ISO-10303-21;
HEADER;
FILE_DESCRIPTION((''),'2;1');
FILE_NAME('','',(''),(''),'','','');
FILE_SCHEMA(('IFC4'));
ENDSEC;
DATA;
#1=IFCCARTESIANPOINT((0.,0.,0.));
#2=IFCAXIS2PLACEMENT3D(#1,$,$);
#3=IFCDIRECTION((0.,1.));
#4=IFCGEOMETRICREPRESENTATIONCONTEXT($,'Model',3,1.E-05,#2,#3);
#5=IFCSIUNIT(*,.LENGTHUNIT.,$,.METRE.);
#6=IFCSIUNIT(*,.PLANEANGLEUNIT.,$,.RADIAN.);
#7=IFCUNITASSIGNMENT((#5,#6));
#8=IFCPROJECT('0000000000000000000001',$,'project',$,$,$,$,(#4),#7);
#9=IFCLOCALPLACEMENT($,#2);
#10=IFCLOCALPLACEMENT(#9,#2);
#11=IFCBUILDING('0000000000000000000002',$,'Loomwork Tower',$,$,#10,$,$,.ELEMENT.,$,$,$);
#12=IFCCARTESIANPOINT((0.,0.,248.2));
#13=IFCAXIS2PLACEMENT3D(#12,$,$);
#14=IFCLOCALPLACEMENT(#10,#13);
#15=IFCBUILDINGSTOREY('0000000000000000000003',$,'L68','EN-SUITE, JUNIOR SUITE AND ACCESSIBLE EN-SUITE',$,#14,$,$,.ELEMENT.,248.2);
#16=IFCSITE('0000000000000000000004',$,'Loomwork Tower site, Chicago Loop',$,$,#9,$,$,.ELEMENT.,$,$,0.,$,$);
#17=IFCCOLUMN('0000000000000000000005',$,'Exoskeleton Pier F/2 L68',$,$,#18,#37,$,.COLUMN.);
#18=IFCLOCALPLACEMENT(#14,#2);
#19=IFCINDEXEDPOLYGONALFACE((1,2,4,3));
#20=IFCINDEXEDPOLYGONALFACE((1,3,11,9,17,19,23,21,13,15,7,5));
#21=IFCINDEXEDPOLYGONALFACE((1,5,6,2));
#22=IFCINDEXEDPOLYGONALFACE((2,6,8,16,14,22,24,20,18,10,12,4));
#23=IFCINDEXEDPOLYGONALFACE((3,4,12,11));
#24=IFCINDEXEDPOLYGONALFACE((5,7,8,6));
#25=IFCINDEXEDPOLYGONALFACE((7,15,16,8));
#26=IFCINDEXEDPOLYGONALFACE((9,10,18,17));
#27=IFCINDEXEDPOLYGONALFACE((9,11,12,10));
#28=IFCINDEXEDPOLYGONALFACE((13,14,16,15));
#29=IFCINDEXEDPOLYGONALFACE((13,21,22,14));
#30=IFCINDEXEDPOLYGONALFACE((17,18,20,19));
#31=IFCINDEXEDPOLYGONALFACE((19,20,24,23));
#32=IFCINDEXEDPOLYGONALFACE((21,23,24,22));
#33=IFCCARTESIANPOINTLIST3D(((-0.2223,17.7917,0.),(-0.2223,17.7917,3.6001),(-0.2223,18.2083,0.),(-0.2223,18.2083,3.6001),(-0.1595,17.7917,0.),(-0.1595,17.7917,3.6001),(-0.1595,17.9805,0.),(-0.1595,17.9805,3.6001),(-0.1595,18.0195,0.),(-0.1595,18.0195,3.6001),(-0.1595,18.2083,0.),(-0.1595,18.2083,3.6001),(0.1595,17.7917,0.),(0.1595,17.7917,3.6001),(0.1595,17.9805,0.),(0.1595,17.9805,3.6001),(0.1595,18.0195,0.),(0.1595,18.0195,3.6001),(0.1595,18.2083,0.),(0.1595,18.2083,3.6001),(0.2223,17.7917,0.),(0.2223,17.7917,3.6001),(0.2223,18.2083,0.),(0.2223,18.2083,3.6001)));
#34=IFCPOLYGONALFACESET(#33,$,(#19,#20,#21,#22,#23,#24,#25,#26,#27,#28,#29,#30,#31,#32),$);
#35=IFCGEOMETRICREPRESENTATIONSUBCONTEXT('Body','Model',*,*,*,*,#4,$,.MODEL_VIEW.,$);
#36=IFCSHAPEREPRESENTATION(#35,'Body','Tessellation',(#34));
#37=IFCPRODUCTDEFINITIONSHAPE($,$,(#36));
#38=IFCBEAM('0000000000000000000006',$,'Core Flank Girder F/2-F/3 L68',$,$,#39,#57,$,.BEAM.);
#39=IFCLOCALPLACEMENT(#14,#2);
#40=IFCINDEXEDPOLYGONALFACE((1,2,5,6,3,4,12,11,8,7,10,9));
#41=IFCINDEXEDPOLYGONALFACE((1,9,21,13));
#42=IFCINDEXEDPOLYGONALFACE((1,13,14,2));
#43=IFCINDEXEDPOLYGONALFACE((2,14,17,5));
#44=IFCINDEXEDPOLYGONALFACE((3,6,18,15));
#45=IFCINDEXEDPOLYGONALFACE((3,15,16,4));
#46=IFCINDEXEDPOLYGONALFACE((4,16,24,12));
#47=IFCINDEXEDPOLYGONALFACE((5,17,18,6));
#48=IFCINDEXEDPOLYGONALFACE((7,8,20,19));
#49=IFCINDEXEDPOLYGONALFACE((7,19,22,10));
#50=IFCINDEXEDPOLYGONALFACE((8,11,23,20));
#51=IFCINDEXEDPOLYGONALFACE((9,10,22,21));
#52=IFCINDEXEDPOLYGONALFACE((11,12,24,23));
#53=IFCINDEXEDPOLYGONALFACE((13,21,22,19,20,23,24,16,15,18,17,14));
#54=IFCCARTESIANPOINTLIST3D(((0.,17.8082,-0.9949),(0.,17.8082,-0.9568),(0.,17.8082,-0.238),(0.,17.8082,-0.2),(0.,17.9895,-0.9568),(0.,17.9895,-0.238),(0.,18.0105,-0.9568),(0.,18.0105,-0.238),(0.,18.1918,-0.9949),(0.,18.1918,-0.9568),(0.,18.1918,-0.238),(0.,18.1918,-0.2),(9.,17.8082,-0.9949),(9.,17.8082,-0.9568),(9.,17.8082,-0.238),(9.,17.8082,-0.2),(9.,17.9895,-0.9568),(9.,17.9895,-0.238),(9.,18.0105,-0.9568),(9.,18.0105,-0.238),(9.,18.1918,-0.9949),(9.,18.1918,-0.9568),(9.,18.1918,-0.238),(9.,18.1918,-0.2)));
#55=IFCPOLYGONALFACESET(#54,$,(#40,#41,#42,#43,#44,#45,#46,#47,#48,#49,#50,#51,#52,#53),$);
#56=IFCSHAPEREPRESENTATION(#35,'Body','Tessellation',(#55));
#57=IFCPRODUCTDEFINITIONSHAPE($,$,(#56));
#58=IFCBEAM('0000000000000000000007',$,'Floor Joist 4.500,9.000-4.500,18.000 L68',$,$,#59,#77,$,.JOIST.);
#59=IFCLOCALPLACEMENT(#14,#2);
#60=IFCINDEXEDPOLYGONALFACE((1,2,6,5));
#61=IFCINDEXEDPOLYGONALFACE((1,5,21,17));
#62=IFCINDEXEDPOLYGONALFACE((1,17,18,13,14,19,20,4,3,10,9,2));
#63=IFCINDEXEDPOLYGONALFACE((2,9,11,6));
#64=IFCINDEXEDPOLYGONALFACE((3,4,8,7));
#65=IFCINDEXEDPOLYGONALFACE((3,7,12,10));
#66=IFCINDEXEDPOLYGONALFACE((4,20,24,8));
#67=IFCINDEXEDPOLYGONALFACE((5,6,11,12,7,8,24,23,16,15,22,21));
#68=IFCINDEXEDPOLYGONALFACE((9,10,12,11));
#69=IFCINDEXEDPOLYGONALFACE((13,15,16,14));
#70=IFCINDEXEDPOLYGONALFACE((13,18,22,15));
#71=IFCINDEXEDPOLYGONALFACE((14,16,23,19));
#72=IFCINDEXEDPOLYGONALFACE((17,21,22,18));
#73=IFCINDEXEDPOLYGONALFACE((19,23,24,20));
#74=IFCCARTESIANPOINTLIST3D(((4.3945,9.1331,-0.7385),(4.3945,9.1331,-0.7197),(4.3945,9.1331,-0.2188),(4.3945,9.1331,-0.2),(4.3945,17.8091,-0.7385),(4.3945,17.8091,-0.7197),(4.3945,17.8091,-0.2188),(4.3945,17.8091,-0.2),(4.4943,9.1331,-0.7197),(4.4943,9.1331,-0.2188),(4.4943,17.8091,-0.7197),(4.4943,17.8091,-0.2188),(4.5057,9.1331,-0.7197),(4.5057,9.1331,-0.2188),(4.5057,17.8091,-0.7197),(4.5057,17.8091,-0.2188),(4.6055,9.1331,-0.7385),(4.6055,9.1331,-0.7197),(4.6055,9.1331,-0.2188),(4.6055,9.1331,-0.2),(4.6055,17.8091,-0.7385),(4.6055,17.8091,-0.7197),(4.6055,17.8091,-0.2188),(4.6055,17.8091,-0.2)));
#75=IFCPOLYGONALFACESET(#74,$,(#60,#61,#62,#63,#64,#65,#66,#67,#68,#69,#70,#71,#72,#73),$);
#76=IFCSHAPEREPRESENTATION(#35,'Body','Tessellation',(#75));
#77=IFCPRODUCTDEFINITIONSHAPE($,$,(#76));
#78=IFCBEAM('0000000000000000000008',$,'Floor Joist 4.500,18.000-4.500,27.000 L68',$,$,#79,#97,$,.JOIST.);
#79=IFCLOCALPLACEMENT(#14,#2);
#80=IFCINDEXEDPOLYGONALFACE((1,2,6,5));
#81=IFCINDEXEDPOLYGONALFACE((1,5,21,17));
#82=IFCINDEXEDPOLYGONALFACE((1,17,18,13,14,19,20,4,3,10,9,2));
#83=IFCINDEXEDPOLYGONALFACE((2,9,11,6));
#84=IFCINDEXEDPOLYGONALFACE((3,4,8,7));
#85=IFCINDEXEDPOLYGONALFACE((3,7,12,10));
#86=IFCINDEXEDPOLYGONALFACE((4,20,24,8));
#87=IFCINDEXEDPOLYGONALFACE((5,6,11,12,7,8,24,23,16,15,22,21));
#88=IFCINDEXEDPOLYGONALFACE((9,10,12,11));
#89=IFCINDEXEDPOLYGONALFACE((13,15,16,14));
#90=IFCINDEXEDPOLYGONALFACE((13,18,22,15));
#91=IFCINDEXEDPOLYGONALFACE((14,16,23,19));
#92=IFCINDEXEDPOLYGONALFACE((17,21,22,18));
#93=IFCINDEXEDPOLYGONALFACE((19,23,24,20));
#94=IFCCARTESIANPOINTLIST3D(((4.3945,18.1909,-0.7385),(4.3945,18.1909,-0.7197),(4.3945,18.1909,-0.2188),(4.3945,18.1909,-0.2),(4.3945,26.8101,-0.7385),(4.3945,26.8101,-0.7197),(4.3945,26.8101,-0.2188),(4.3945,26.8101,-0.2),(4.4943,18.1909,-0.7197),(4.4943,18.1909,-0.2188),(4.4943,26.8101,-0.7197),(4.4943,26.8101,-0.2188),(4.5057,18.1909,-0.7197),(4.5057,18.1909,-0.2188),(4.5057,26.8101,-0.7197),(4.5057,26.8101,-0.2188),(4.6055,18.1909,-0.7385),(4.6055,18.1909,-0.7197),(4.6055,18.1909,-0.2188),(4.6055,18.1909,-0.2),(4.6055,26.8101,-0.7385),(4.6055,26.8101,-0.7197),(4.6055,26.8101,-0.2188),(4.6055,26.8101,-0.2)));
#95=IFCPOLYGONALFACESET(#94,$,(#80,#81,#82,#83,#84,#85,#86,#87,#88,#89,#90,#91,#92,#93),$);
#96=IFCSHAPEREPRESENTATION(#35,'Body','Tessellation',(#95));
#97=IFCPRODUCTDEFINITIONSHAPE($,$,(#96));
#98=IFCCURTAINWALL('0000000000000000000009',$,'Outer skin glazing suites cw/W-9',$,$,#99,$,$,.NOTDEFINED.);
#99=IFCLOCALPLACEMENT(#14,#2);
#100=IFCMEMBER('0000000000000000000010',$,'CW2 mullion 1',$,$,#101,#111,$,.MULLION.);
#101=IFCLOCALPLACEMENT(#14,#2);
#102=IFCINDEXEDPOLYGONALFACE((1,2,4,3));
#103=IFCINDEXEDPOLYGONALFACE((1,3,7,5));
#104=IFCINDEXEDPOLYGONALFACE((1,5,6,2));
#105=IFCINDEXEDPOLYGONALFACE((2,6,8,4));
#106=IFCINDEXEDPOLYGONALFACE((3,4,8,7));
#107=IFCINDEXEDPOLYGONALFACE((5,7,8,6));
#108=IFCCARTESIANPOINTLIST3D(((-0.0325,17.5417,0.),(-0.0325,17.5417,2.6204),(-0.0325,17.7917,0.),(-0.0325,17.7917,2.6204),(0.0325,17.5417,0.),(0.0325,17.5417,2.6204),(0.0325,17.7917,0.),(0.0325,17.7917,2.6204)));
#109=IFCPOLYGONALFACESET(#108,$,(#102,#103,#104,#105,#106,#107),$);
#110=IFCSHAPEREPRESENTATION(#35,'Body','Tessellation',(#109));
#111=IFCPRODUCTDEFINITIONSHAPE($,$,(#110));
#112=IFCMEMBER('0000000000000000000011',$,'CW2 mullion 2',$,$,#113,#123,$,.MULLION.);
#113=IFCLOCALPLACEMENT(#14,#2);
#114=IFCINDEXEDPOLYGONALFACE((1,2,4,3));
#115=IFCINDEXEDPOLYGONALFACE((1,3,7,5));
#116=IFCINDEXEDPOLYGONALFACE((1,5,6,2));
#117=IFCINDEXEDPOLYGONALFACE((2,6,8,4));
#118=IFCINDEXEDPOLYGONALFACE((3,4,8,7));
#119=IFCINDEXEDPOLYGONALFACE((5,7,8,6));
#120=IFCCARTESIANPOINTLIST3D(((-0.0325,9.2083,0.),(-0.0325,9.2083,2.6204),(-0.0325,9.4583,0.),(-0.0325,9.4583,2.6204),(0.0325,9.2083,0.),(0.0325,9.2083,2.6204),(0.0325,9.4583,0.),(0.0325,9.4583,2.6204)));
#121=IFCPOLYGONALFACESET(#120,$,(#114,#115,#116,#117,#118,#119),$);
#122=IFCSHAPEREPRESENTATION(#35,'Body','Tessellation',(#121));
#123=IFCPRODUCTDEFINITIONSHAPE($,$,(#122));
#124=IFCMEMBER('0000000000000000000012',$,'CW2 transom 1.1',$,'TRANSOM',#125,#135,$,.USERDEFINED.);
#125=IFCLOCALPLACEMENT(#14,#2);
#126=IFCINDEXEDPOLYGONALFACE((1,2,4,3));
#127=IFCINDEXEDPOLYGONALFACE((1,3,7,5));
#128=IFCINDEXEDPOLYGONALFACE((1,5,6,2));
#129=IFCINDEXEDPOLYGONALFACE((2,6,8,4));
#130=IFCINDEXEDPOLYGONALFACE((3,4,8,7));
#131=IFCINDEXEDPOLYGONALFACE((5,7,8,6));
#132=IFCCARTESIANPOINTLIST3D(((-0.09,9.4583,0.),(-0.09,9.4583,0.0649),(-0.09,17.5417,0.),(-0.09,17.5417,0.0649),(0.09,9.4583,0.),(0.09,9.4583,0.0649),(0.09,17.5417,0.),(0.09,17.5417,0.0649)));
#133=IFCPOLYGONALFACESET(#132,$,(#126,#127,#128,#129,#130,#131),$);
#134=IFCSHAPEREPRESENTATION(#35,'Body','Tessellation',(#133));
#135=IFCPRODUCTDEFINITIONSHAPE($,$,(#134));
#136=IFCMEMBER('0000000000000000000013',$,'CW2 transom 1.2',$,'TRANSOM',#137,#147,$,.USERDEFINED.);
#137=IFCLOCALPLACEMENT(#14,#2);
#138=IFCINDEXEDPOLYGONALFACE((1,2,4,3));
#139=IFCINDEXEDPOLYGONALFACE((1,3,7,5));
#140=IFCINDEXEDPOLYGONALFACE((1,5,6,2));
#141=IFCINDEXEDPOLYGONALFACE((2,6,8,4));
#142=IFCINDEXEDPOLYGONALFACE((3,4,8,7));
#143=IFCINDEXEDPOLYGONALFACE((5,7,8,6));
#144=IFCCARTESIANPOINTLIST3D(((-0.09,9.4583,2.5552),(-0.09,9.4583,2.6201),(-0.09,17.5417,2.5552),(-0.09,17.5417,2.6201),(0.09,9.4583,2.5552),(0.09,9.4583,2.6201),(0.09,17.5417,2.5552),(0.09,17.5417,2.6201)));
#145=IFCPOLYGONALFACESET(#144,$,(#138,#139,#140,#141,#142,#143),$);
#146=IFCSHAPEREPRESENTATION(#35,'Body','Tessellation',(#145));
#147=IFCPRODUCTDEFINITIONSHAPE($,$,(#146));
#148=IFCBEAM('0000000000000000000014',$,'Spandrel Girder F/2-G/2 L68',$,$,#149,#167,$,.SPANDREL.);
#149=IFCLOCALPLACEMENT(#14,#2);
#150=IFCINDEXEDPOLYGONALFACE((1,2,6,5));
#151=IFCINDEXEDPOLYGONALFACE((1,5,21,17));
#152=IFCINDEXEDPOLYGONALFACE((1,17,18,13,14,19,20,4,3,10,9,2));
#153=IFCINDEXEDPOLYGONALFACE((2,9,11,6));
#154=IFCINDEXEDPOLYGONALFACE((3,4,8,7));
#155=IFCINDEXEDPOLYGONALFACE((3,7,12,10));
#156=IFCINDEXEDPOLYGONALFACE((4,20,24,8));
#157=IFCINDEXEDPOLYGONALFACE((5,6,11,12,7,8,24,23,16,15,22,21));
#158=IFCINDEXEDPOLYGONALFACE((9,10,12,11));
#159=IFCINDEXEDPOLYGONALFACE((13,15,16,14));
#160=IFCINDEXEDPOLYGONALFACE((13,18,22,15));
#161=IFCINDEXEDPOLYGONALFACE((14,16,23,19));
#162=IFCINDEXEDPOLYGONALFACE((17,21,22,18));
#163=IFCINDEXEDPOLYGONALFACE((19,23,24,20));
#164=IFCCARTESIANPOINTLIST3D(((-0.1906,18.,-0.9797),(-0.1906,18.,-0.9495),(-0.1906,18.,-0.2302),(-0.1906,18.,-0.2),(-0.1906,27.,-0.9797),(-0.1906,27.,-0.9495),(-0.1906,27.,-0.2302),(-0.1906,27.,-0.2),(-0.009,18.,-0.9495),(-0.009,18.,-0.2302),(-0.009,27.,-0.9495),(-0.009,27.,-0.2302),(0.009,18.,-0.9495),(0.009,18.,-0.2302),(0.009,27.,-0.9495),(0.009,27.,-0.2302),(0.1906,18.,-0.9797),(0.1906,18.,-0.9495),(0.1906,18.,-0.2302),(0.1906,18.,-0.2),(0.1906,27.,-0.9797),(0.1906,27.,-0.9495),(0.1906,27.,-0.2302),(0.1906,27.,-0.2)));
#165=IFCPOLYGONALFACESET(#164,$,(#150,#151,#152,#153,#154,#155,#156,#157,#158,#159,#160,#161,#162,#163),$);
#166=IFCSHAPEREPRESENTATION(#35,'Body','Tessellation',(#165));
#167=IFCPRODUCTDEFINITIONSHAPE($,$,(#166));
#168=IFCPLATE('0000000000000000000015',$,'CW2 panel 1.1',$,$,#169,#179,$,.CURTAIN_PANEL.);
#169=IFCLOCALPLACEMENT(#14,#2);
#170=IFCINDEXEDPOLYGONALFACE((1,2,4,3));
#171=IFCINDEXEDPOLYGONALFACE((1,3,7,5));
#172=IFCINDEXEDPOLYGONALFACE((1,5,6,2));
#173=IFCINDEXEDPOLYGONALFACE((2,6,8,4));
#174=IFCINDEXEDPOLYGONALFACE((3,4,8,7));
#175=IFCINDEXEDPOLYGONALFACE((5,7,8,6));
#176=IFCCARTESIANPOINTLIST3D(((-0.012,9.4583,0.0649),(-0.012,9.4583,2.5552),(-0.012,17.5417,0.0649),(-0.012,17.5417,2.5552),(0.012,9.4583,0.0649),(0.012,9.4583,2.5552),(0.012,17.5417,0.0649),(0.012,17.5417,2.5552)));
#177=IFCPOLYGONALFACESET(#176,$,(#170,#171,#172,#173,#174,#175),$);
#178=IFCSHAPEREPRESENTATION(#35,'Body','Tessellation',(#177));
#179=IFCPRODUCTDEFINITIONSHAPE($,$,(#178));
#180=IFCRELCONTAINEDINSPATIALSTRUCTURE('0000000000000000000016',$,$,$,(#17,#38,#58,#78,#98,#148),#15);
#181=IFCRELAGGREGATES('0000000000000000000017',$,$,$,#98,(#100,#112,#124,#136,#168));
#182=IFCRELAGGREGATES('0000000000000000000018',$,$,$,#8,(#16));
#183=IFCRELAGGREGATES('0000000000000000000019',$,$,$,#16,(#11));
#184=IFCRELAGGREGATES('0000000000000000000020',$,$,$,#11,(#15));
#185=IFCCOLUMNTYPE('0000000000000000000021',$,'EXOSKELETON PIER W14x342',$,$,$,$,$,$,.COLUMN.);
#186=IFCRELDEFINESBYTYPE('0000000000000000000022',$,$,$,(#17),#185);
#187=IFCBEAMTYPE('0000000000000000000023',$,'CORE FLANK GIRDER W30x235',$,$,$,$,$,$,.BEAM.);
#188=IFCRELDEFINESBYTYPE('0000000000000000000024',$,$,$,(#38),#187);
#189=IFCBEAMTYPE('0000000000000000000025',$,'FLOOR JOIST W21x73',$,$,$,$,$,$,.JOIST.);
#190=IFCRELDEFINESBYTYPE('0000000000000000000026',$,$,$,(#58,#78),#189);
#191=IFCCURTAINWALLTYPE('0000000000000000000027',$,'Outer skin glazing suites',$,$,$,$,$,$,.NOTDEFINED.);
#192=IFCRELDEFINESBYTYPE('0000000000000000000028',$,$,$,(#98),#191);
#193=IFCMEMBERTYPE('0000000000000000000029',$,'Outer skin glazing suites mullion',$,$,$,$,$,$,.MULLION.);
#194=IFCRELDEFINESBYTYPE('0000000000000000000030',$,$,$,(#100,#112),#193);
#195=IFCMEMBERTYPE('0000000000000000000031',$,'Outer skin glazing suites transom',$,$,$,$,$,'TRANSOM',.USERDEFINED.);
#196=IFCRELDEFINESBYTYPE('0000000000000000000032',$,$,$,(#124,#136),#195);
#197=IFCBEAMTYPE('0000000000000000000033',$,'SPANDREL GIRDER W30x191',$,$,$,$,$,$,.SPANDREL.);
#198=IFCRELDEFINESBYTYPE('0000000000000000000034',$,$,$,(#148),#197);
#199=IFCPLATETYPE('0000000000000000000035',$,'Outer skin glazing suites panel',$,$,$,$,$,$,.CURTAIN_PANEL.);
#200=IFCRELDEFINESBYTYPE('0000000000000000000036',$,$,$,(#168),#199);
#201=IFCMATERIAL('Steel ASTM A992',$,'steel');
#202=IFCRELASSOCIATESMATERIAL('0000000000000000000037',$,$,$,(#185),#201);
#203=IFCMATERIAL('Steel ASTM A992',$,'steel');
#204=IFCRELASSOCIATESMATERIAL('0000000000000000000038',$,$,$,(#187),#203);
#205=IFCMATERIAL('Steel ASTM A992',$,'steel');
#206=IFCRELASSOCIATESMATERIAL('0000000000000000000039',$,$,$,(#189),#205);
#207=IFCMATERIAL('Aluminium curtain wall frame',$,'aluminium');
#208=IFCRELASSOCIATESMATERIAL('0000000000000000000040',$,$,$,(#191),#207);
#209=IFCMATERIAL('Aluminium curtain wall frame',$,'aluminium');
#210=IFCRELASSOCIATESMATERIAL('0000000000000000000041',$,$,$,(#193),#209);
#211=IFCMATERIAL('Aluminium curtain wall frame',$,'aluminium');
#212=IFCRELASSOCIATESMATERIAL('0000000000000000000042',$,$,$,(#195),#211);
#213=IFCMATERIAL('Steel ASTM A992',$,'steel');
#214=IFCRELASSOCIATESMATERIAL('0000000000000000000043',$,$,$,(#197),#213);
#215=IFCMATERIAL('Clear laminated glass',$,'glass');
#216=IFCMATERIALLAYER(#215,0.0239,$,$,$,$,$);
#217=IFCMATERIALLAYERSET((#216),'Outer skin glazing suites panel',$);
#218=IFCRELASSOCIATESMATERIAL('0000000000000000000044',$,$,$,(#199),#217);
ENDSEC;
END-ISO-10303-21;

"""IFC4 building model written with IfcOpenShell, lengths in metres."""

from ifc_helpers import new_model, si_unit, direction, frame, origin, origin_2d, place, context, subcontext, project, spatial, rectangle, i_section, extrude, material, layer, layer_set, material_profile, profile_set, type_object, element, aggregate, save


model = new_model("IFC4")

# Units and contexts
model_context = context("Model", 3, precision=1e-05, world=origin(), true_north=direction((0.0, 1.0)))
body_context = subcontext(model_context, "Body", "Model", "MODEL_VIEW")
ifc_project = project(units=[si_unit("LENGTHUNIT", "METRE"), si_unit("PLANEANGLEUNIT", "RADIAN")], contexts=[model_context])

# Site, building, storey
site_placement = place(None, origin())
site = spatial("IfcSite", under=ifc_project, at=site_placement, Name="Loomwork Tower site, Chicago Loop", CompositionType="ELEMENT", RefElevation=0.0)
building_placement = place(site_placement, origin())
building = spatial("IfcBuilding", under=site, at=building_placement, Name="Loomwork Tower", CompositionType="ELEMENT")
storey_placement = place(building_placement, frame((0.0, 0.0, 248.2)))
storey = spatial("IfcBuildingStorey", under=building, at=storey_placement, Name="L68", Description="EN-SUITE, JUNIOR SUITE AND ACCESSIBLE EN-SUITE", CompositionType="ELEMENT", Elevation=248.2)

# Column
ifc_material_1 = material(Name="Steel ASTM A992", Category="steel")
ifc_material_profile_1 = material_profile(ifc_material_1, i_section(OverallWidth=0.4165, OverallDepth=0.4446, WebThickness=0.0391, FlangeThickness=0.0627, at=origin_2d()), Name="W14x342")
ifc_profile_set_1 = profile_set([ifc_material_profile_1], Name="Steel ASTM A992")
column_type = type_object("IfcColumnType", Name="EXOSKELETON PIER W14x342", PredefinedType="COLUMN", material=ifc_profile_set_1)
column_placement = place(storey_placement, frame((0.0, 18.0, 0.0), z_axis=(0.0, 0.0, 1.0), x_axis=(0.0, 1.0, 0.0)))
element("IfcColumn", 1, at=column_placement, inside=storey, type_object=column_type, Name="Exoskeleton Pier F/2 L68", PredefinedType="COLUMN", context=body_context, shape_type="SweptSolid", body=[
    extrude(i_section(OverallWidth=0.4165, OverallDepth=0.4446, WebThickness=0.0391, FlangeThickness=0.0627, at=origin_2d()), origin(), (0.0, 0.0, 1.0), 3.6001),
])

# Beams
ifc_material_2 = material(Name="Steel ASTM A992", Category="steel")
ifc_material_profile_2 = material_profile(ifc_material_2, i_section(OverallWidth=0.3835, OverallDepth=0.7949, WebThickness=0.021, FlangeThickness=0.0381, at=origin_2d()), Name="W30x235")
ifc_profile_set_2 = profile_set([ifc_material_profile_2], Name="Steel ASTM A992")
beam_type_1 = type_object("IfcBeamType", Name="CORE FLANK GIRDER W30x235", PredefinedType="BEAM", material=ifc_profile_set_2)
beam_1_placement = place(storey_placement, frame((0.0, 18.0, -0.5974), z_axis=(1.0, 0.0, 0.0), x_axis=(0.0, 1.0, 0.0)))
element("IfcBeam", 2, at=beam_1_placement, inside=storey, type_object=beam_type_1, Name="Core Flank Girder F/2-F/3 L68", PredefinedType="BEAM", context=body_context, shape_type="SweptSolid", body=[
    extrude(i_section(OverallWidth=0.3835, OverallDepth=0.7949, WebThickness=0.021, FlangeThickness=0.0381, at=origin_2d()), origin(), (0.0, 0.0, 1.0), 9.0),
])
ifc_material_3 = material(Name="Steel ASTM A992", Category="steel")
ifc_material_profile_3 = material_profile(ifc_material_3, i_section(OverallWidth=0.2109, OverallDepth=0.5386, WebThickness=0.0115, FlangeThickness=0.0188, at=origin_2d()), Name="W21x73")
ifc_profile_set_3 = profile_set([ifc_material_profile_3], Name="Steel ASTM A992")
beam_type_2 = type_object("IfcBeamType", Name="FLOOR JOIST W21x73", PredefinedType="JOIST", material=ifc_profile_set_3)
beam_2_placement = place(storey_placement, frame((4.5, 9.1331, -0.4692), z_axis=(0.0, 1.0, 0.0), x_axis=(-1.0, 0.0, 0.0)))
element("IfcBeam", 3, at=beam_2_placement, inside=storey, type_object=beam_type_2, Name="Floor Joist 4.500,9.000-4.500,18.000 L68", PredefinedType="JOIST", context=body_context, shape_type="SweptSolid", body=[
    extrude(i_section(OverallWidth=0.2109, OverallDepth=0.5386, WebThickness=0.0115, FlangeThickness=0.0188, at=origin_2d()), origin(), (0.0, 0.0, 1.0), 8.676),
])
beam_3_placement = place(storey_placement, frame((4.5, 18.1909, -0.4692), z_axis=(0.0, 1.0, 0.0), x_axis=(-1.0, 0.0, 0.0)))
element("IfcBeam", 4, at=beam_3_placement, inside=storey, type_object=beam_type_2, Name="Floor Joist 4.500,18.000-4.500,27.000 L68", PredefinedType="JOIST", context=body_context, shape_type="SweptSolid", body=[
    extrude(i_section(OverallWidth=0.2109, OverallDepth=0.5386, WebThickness=0.0115, FlangeThickness=0.0188, at=origin_2d()), origin(), (0.0, 0.0, 1.0), 8.6191),
])

# Curtain wall, members
ifc_material_4 = material(Name="Aluminium curtain wall frame", Category="aluminium")
curtain_wall_type = type_object("IfcCurtainWallType", Name="Outer skin glazing suites", PredefinedType="NOTDEFINED", material=ifc_material_4)
curtain_wall_placement = place(storey_placement, origin())
curtain_wall = element("IfcCurtainWall", 5, at=curtain_wall_placement, inside=storey, type_object=curtain_wall_type, Name="Outer skin glazing suites cw/W-9", PredefinedType="NOTDEFINED")
ifc_material_5 = material(Name="Aluminium curtain wall frame", Category="aluminium")
ifc_material_profile_4 = material_profile(ifc_material_5, rectangle(XDim=0.0649, YDim=0.25, at=origin_2d()), Name="AL 65x250")
ifc_profile_set_4 = profile_set([ifc_material_profile_4], Name="Aluminium curtain wall frame")
member_type_1 = type_object("IfcMemberType", Name="Outer skin glazing suites mullion", PredefinedType="MULLION", material=ifc_profile_set_4)
member_1_placement = place(storey_placement, frame((0.0, 17.6667, 0.0), z_axis=(0.0, 0.0, 1.0), x_axis=(1.0, 0.0, 0.0)))
member_1 = element("IfcMember", 6, at=member_1_placement, type_object=member_type_1, Name="CW2 mullion 1", PredefinedType="MULLION", context=body_context, shape_type="SweptSolid", body=[
    extrude(rectangle(XDim=0.0649, YDim=0.25, at=origin_2d()), origin(), (0.0, 0.0, 1.0), 2.6204),
])
member_2_placement = place(storey_placement, frame((0.0, 9.3333, 0.0), z_axis=(0.0, 0.0, 1.0), x_axis=(1.0, 0.0, 0.0)))
member_2 = element("IfcMember", 7, at=member_2_placement, type_object=member_type_1, Name="CW2 mullion 2", PredefinedType="MULLION", context=body_context, shape_type="SweptSolid", body=[
    extrude(rectangle(XDim=0.0649, YDim=0.25, at=origin_2d()), origin(), (0.0, 0.0, 1.0), 2.6204),
])
ifc_material_6 = material(Name="Aluminium curtain wall frame", Category="aluminium")
ifc_material_profile_5 = material_profile(ifc_material_6, rectangle(XDim=0.1799, YDim=0.0649, at=origin_2d()), Name="AL 65x180")
ifc_profile_set_5 = profile_set([ifc_material_profile_5], Name="Aluminium curtain wall frame")
member_type_2 = type_object("IfcMemberType", Name="Outer skin glazing suites transom", ElementType="TRANSOM", PredefinedType="USERDEFINED", material=ifc_profile_set_5)
member_3_placement = place(storey_placement, frame((0.0, 17.5417, 0.0325), z_axis=(0.0, -1.0, 0.0), x_axis=(1.0, 0.0, 0.0)))
member_3 = element("IfcMember", 8, at=member_3_placement, type_object=member_type_2, Name="CW2 transom 1.1", ObjectType="TRANSOM", PredefinedType="USERDEFINED", context=body_context, shape_type="SweptSolid", body=[
    extrude(rectangle(XDim=0.1799, YDim=0.0649, at=origin_2d()), origin(), (0.0, 0.0, 1.0), 8.0835),
])
member_4_placement = place(storey_placement, frame((0.0, 17.5417, 2.5876), z_axis=(0.0, -1.0, 0.0), x_axis=(1.0, 0.0, 0.0)))
member_4 = element("IfcMember", 9, at=member_4_placement, type_object=member_type_2, Name="CW2 transom 1.2", ObjectType="TRANSOM", PredefinedType="USERDEFINED", context=body_context, shape_type="SweptSolid", body=[
    extrude(rectangle(XDim=0.1799, YDim=0.0649, at=origin_2d()), origin(), (0.0, 0.0, 1.0), 8.0835),
])

# Beam
ifc_material_7 = material(Name="Steel ASTM A992", Category="steel")
ifc_material_profile_6 = material_profile(ifc_material_7, i_section(OverallWidth=0.3811, OverallDepth=0.7798, WebThickness=0.0181, FlangeThickness=0.0303, at=origin_2d()), Name="W30x191")
ifc_profile_set_6 = profile_set([ifc_material_profile_6], Name="Steel ASTM A992")
beam_type_3 = type_object("IfcBeamType", Name="SPANDREL GIRDER W30x191", PredefinedType="SPANDREL", material=ifc_profile_set_6)
beam_4_placement = place(storey_placement, frame((0.0, 18.0, -0.5898), z_axis=(0.0, 1.0, 0.0), x_axis=(-1.0, 0.0, 0.0)))
element("IfcBeam", 10, at=beam_4_placement, inside=storey, type_object=beam_type_3, Name="Spandrel Girder F/2-G/2 L68", PredefinedType="SPANDREL", context=body_context, shape_type="SweptSolid", body=[
    extrude(i_section(OverallWidth=0.3811, OverallDepth=0.7798, WebThickness=0.0181, FlangeThickness=0.0303, at=origin_2d()), origin(), (0.0, 0.0, 1.0), 9.0),
])

# Plate
ifc_material_8 = material(Name="Clear laminated glass", Category="glass")
ifc_layer_1 = layer(ifc_material_8, 0.0239)
ifc_layer_set_1 = layer_set([ifc_layer_1], Name="Outer skin glazing suites panel")
plate_type = type_object("IfcPlateType", Name="Outer skin glazing suites panel", PredefinedType="CURTAIN_PANEL", material=ifc_layer_set_1)
plate_placement = place(storey_placement, frame((0.0, 13.5, 0.0649), z_axis=(0.0, 0.0, 1.0), x_axis=(0.0, -1.0, 0.0)))
plate = element("IfcPlate", 11, at=plate_placement, type_object=plate_type, Name="CW2 panel 1.1", PredefinedType="CURTAIN_PANEL", context=body_context, shape_type="SweptSolid", body=[
    extrude(rectangle(XDim=8.0835, YDim=0.0239, at=origin_2d()), origin(), (0.0, 0.0, 1.0), 2.4902),
])
aggregate(curtain_wall, [member_1, member_2, member_3, member_4, plate])

save(model, "model.ifc")
